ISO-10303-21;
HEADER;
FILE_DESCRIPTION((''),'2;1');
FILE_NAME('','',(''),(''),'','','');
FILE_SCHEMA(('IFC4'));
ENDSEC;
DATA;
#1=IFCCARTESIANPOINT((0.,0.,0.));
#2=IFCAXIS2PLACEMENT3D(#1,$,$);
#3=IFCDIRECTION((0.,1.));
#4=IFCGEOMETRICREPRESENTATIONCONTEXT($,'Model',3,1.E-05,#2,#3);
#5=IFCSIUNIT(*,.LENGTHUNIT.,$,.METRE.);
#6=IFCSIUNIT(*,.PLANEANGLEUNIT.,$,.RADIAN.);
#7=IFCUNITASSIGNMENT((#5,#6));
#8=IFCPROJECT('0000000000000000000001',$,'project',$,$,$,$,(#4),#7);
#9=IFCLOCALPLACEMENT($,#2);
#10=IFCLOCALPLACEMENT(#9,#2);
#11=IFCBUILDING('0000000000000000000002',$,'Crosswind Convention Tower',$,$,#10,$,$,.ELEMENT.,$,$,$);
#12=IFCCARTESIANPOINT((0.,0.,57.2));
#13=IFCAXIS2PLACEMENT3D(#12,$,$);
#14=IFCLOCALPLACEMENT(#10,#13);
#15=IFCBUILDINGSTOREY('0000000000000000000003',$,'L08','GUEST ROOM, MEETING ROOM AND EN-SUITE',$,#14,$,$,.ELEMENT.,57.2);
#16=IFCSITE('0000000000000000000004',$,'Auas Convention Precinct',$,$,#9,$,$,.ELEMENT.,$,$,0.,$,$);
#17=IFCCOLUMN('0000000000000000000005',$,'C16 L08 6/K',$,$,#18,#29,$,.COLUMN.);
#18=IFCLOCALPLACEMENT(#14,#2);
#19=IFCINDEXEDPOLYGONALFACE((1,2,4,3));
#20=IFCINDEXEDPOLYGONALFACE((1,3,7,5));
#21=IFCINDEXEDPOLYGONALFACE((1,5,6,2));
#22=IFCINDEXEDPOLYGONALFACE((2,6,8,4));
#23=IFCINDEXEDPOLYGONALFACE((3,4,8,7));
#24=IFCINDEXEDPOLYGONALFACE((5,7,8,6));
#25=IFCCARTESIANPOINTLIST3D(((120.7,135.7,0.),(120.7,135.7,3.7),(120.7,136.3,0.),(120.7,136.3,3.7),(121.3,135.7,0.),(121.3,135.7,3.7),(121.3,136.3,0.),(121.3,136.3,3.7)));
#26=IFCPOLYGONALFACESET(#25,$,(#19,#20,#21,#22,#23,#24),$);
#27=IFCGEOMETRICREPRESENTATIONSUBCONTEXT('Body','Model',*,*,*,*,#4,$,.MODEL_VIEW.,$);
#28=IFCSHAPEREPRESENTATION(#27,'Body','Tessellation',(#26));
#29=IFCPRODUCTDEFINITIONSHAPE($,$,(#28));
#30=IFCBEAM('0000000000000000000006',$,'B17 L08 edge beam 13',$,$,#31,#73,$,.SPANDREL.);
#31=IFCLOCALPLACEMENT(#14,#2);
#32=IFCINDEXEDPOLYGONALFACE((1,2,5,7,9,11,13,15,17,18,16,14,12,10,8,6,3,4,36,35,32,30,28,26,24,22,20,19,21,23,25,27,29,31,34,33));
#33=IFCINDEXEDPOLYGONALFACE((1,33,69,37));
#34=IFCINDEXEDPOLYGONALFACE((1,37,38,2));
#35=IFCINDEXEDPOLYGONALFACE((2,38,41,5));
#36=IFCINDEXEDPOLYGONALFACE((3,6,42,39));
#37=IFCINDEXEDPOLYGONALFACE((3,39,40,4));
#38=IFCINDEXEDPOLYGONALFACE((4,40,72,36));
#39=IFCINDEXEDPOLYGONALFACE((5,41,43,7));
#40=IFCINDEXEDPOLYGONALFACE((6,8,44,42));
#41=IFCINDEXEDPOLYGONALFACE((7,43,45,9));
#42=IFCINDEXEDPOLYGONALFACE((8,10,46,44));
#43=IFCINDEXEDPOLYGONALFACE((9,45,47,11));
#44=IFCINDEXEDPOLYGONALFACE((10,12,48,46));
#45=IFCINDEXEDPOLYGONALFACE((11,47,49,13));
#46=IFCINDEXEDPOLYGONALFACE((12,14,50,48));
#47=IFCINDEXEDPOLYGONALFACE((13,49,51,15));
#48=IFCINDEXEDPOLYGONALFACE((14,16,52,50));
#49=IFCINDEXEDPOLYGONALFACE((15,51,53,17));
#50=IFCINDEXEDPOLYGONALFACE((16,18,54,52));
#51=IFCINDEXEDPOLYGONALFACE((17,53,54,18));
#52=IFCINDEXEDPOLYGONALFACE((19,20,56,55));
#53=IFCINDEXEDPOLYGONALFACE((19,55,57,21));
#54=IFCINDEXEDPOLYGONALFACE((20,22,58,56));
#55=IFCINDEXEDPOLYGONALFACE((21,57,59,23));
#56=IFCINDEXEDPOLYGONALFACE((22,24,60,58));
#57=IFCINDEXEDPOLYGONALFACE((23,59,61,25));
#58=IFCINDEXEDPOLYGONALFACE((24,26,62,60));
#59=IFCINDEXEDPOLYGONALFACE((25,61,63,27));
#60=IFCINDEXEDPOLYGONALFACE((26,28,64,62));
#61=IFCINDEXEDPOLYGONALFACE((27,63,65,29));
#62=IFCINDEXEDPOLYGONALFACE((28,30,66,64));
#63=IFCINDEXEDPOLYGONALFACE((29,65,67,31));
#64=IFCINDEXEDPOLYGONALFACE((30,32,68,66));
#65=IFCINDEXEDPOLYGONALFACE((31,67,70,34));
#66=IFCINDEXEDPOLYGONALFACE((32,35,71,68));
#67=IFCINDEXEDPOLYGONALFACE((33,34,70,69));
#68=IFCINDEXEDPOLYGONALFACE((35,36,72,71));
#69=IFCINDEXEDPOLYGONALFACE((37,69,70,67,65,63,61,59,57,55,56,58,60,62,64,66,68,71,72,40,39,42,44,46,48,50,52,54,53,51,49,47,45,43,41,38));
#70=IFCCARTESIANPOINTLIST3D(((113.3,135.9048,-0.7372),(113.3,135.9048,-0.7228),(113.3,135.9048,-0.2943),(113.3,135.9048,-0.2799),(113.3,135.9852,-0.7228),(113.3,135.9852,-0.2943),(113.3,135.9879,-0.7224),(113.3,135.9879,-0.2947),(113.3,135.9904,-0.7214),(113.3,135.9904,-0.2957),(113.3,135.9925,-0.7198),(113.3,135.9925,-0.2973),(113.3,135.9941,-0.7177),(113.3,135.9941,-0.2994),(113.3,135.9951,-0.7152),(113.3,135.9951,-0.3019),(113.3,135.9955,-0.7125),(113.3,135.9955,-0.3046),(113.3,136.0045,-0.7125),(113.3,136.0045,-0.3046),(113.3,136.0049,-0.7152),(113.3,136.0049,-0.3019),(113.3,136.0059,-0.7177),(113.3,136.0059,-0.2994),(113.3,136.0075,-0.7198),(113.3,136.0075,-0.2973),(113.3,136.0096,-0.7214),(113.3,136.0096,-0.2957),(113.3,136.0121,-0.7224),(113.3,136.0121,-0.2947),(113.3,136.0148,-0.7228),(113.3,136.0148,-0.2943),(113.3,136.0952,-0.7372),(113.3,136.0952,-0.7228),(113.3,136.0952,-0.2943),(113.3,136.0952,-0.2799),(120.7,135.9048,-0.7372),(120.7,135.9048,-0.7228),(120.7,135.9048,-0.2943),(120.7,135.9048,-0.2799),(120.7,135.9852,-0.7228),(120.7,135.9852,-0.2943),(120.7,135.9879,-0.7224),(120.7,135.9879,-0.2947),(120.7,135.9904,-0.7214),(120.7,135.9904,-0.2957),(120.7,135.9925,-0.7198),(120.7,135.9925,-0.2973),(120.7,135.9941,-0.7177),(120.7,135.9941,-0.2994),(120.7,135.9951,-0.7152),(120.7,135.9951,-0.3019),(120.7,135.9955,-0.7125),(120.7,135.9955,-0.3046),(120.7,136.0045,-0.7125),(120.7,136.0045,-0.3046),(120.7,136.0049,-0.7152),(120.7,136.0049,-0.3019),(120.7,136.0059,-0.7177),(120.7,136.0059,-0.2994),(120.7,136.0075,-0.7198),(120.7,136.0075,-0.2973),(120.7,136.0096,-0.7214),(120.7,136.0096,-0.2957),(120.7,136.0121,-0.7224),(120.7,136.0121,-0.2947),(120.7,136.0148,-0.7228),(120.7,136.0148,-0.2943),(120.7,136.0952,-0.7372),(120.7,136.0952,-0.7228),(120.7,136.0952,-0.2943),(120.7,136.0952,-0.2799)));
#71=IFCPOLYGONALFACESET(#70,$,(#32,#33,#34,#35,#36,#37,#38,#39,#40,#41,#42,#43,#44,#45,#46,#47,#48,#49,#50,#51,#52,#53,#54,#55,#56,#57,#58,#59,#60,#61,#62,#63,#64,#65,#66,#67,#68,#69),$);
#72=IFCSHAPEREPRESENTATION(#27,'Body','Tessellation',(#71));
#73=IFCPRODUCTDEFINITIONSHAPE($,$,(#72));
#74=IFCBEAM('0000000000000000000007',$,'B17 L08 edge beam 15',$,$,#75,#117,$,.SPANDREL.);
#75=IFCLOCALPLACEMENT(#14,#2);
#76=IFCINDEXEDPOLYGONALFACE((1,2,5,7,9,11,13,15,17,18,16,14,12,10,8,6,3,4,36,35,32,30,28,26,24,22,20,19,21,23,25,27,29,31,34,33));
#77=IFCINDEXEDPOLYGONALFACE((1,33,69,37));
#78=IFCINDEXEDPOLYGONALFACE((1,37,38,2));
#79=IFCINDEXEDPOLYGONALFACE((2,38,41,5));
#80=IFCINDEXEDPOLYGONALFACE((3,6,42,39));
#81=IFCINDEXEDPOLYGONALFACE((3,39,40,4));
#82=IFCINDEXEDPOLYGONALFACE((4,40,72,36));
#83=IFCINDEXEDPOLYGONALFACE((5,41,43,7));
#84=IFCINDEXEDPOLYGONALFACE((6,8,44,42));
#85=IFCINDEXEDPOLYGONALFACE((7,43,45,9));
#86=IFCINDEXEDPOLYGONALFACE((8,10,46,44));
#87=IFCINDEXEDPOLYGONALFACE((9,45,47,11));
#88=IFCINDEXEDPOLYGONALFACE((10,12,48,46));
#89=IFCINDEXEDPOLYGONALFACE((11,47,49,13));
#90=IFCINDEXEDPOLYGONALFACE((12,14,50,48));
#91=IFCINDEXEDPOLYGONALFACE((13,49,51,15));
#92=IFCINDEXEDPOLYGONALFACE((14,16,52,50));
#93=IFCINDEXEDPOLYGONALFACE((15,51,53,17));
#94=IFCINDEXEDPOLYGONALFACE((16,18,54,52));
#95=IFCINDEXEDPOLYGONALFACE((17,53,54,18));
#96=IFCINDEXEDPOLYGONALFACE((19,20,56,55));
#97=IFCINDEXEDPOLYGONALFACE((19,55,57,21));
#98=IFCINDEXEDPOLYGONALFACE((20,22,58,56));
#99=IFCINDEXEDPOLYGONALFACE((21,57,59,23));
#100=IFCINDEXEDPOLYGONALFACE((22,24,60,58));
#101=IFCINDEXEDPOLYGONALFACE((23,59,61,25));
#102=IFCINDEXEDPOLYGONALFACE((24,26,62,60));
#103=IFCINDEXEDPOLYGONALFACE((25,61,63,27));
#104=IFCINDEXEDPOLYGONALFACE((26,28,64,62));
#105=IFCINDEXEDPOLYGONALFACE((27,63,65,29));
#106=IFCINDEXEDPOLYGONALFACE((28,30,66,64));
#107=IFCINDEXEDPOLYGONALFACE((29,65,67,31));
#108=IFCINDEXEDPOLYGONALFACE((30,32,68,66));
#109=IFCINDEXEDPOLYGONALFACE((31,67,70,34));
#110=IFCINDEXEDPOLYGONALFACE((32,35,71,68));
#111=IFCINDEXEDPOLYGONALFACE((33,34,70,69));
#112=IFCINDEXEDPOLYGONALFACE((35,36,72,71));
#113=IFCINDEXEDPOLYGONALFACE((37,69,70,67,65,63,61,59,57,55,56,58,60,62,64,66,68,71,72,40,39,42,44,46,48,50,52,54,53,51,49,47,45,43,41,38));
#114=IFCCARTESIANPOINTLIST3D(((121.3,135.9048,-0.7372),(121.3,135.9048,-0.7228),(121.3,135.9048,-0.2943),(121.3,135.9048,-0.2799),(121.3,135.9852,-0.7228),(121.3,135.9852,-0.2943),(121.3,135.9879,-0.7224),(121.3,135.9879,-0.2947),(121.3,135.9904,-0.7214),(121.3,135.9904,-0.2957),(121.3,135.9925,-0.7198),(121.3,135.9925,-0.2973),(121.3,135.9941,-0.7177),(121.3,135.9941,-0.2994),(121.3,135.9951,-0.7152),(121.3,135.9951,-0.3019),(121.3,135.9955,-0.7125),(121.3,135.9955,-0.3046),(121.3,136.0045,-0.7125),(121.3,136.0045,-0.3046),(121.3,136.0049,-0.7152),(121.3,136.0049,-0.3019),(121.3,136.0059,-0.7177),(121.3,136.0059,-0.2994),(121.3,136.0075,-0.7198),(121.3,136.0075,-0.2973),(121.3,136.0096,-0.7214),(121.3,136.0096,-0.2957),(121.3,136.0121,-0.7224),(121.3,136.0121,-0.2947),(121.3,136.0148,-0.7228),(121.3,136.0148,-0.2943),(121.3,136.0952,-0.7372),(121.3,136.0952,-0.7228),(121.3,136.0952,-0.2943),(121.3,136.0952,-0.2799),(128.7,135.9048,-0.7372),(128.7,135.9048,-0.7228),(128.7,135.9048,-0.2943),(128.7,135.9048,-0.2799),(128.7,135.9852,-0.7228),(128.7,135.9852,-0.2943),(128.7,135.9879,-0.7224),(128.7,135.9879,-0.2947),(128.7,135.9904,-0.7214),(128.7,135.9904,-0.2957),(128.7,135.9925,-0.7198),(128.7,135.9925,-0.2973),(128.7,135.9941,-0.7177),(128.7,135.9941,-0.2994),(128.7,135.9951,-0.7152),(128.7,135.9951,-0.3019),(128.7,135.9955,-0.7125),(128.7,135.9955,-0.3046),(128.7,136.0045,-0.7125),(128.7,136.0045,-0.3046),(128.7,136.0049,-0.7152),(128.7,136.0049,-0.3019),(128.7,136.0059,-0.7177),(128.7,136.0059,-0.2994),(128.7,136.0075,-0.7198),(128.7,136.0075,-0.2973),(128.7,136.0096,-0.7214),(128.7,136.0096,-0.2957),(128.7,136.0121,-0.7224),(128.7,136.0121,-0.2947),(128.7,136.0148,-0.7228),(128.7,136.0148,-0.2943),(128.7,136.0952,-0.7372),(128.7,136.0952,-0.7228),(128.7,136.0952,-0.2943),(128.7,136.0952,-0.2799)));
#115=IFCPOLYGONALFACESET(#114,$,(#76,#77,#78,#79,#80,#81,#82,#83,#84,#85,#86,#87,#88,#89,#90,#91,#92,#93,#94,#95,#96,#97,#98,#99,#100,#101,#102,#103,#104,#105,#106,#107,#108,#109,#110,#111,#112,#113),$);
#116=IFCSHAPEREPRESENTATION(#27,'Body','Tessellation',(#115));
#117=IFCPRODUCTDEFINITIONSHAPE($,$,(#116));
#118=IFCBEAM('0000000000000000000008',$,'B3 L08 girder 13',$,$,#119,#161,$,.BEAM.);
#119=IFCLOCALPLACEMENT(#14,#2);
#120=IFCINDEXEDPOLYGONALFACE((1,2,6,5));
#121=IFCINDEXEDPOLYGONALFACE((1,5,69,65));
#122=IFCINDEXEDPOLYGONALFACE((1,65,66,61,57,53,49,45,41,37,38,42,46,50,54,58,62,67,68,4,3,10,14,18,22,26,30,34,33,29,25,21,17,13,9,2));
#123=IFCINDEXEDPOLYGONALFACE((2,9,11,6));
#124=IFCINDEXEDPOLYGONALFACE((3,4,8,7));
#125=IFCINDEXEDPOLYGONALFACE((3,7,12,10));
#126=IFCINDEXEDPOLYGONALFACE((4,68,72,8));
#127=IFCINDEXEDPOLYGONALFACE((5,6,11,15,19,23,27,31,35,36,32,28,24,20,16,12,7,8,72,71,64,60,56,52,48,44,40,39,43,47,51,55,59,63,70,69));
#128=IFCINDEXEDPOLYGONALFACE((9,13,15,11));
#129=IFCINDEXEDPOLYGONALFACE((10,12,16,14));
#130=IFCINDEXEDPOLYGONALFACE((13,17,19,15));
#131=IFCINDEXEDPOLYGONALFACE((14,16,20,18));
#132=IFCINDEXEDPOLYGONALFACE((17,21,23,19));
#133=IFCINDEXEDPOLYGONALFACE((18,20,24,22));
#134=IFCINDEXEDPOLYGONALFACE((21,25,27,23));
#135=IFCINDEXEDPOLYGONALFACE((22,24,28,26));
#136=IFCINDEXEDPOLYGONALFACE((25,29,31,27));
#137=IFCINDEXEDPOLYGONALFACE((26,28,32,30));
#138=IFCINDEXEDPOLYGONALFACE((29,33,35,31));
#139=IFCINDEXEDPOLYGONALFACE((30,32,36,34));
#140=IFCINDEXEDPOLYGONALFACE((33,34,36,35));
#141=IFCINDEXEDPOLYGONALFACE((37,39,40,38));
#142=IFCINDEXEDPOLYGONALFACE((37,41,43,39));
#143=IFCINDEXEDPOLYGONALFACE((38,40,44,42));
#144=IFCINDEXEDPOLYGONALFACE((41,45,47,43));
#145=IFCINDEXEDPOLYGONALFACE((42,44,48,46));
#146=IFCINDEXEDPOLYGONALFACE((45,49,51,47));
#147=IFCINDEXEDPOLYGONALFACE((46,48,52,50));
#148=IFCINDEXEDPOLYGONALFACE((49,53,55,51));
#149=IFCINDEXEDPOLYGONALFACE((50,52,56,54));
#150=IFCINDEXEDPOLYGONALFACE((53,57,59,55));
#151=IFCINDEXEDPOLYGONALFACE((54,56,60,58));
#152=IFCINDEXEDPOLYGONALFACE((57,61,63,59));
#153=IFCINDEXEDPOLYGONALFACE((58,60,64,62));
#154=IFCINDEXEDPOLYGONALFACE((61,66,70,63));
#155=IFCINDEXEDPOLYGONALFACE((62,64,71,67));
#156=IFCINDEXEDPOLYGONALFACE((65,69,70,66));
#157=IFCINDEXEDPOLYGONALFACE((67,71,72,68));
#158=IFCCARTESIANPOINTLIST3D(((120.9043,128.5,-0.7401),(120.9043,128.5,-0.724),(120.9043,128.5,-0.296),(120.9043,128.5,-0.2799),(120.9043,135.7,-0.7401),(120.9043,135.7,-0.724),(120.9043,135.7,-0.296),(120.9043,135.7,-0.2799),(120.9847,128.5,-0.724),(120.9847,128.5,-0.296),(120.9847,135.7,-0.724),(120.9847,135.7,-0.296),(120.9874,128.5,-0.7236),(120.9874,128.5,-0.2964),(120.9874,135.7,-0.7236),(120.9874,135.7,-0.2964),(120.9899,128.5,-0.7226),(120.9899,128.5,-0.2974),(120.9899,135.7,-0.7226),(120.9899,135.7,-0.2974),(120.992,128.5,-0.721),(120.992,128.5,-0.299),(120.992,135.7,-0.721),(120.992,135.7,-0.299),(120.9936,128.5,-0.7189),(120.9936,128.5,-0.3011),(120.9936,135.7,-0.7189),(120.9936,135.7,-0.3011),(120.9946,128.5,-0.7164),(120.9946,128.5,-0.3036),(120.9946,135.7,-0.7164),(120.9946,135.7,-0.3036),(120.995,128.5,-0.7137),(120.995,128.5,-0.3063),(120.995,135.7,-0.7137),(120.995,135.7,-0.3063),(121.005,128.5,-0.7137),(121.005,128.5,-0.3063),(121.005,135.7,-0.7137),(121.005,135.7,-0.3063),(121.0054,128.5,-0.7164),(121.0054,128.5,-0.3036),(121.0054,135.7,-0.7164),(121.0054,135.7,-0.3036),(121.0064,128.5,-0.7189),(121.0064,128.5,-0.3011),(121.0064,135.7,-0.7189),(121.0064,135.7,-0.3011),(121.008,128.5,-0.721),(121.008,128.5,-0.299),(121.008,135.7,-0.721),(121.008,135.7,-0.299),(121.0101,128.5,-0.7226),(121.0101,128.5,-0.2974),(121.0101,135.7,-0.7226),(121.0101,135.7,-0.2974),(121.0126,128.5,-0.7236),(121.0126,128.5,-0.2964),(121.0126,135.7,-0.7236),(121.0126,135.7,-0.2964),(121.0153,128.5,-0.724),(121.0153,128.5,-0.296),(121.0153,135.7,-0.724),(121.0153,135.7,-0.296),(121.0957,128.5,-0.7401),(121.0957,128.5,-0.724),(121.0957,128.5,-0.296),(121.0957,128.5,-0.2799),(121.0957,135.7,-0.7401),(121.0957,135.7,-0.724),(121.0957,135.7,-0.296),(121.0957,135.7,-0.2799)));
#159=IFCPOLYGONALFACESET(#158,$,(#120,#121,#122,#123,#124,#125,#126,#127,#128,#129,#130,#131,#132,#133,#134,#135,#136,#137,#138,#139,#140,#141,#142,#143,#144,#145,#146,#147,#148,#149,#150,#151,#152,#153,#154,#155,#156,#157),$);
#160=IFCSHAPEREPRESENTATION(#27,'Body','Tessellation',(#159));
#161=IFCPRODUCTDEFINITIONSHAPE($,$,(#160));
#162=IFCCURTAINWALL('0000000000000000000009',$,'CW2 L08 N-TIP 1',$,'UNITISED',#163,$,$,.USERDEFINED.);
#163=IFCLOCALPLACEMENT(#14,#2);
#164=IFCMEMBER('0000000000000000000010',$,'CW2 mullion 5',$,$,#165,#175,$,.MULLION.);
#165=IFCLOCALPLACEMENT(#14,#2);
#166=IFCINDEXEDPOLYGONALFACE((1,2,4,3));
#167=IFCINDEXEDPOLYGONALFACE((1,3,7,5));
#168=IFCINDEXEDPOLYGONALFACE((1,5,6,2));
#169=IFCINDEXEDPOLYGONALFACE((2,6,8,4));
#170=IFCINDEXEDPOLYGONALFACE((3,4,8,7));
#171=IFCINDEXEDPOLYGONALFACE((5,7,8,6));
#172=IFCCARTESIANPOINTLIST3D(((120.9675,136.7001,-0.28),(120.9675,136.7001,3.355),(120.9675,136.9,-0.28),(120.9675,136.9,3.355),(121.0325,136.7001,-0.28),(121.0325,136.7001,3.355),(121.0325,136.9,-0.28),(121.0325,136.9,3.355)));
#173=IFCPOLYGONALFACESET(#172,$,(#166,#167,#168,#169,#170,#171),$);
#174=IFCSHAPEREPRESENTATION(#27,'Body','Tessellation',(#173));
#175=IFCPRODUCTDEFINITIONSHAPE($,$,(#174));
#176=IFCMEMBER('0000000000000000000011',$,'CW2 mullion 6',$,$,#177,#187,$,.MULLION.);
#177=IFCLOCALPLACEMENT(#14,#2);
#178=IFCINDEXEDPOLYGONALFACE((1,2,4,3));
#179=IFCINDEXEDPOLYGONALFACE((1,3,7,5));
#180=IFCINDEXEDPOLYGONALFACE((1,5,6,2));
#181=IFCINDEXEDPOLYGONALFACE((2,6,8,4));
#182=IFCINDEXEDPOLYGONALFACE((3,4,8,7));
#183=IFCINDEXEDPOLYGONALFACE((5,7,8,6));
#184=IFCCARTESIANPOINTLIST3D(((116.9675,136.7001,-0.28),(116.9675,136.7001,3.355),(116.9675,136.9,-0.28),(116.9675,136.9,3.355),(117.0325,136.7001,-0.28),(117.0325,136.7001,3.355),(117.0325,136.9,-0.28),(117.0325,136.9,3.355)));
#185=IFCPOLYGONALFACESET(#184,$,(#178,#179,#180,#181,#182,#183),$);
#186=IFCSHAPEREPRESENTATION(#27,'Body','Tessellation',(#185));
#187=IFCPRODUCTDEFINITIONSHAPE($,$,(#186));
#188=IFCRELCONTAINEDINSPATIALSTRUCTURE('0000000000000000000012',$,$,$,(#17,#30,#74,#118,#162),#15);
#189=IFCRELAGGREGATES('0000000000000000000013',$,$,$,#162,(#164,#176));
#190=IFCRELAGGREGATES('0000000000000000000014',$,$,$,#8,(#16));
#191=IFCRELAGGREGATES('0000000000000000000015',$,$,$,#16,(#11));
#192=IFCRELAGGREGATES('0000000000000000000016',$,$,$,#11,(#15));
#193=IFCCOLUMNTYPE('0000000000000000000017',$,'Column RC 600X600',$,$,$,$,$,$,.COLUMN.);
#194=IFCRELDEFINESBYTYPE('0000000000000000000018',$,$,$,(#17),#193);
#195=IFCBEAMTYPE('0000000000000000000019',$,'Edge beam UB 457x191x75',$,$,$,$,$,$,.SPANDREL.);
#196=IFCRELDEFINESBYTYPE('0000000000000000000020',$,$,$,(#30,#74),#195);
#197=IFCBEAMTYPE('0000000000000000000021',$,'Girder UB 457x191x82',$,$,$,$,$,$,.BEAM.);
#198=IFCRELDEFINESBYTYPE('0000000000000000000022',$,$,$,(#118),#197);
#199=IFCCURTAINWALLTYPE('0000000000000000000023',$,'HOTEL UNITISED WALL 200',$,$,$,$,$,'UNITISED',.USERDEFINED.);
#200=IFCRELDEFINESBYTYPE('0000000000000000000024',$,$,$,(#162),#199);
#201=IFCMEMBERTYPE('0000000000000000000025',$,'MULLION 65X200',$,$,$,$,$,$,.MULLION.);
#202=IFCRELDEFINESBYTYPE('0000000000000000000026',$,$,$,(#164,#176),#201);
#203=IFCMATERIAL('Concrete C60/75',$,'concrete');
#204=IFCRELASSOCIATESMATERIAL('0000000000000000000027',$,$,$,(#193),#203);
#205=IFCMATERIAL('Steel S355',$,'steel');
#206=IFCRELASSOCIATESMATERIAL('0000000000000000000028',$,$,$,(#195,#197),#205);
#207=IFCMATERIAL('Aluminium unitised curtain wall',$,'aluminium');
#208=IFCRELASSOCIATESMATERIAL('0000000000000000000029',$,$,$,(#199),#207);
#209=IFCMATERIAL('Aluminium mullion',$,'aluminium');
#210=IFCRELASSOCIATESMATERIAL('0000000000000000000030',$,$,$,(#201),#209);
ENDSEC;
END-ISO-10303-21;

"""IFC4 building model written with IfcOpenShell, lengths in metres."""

from ifc_helpers import new_model, si_unit, direction, frame, origin, origin_2d, place, context, subcontext, project, spatial, rectangle, i_section, extrude, material, material_profile, profile_set, type_object, element, aggregate, save


model = new_model("IFC4")

# Units and contexts
model_context = context("Model", 3, precision=1e-05, world=origin(), true_north=direction((0.0, 1.0)))
body_context = subcontext(model_context, "Body", "Model", "MODEL_VIEW")
ifc_project = project(units=[si_unit("LENGTHUNIT", "METRE"), si_unit("PLANEANGLEUNIT", "RADIAN")], contexts=[model_context])

# Site, building, storey
site_placement = place(None, origin())
site = spatial("IfcSite", under=ifc_project, at=site_placement, Name="Auas Convention Precinct", CompositionType="ELEMENT", RefElevation=0.0)
building_placement = place(site_placement, origin())
building = spatial("IfcBuilding", under=site, at=building_placement, Name="Crosswind Convention Tower", CompositionType="ELEMENT")
storey_placement = place(building_placement, frame((0.0, 0.0, 57.2)))
storey = spatial("IfcBuildingStorey", under=building, at=storey_placement, Name="L08", Description="GUEST ROOM, MEETING ROOM AND EN-SUITE", CompositionType="ELEMENT", Elevation=57.2)

# Column
ifc_material_1 = material(Name="Concrete C60/75", Category="concrete")
ifc_material_profile_1 = material_profile(ifc_material_1, rectangle(XDim=0.6001, YDim=0.6001, at=origin_2d()), Name="RC 600X600")
ifc_profile_set_1 = profile_set([ifc_material_profile_1], Name="Concrete C60/75")
column_type = type_object("IfcColumnType", Name="Column RC 600X600", PredefinedType="COLUMN", material=ifc_profile_set_1)
column_placement = place(storey_placement, frame((121.0, 136.0, 0.0), z_axis=(0.0, 0.0, 1.0), x_axis=(1.0, 0.0, 0.0)))
element("IfcColumn", 1, at=column_placement, inside=storey, type_object=column_type, Name="C16 L08 6/K", PredefinedType="COLUMN", context=body_context, shape_type="SweptSolid", body=[
    extrude(rectangle(XDim=0.6001, YDim=0.6001, at=origin_2d()), origin(), (0.0, 0.0, 1.0), 3.7),
])

# Beams
ifc_material_2 = material(Name="Steel S355", Category="steel")
ifc_material_profile_2 = material_profile(ifc_material_2, i_section(OverallWidth=0.1904, OverallDepth=0.4573, WebThickness=0.009, FlangeThickness=0.0144, FilletRadius=0.0103, at=origin_2d()), Name="UB 457x191x75")
ifc_profile_set_2 = profile_set([ifc_material_profile_2], Name="Steel S355")
beam_type_1 = type_object("IfcBeamType", Name="Edge beam UB 457x191x75", PredefinedType="SPANDREL", material=ifc_profile_set_2)
for number, where, z_axis, x_axis, name in (
    (2, (113.3, 136.0, -0.5085), (1.0, 0.0, 0.0), (0.0, 1.0, 0.0), "B17 L08 edge beam 13"),
    (3, (121.3, 136.0, -0.5085), (1.0, 0.0, 0.0), (0.0, 1.0, 0.0), "B17 L08 edge beam 15"),
):
    element("IfcBeam", number, at=place(storey_placement, frame(where, z_axis=z_axis, x_axis=x_axis)), inside=storey, type_object=beam_type_1, Name=name, PredefinedType="SPANDREL", context=body_context, shape_type="SweptSolid", body=[
        extrude(i_section(OverallWidth=0.1904, OverallDepth=0.4573, WebThickness=0.009, FlangeThickness=0.0144, FilletRadius=0.0103, at=origin_2d()), origin(), (0.0, 0.0, 1.0), 7.3999),
    ])
ifc_material_profile_3 = material_profile(ifc_material_2, i_section(OverallWidth=0.1914, OverallDepth=0.4602, WebThickness=0.01, FlangeThickness=0.0161, FilletRadius=0.0103, at=origin_2d()), Name="UB 457x191x82")
ifc_profile_set_3 = profile_set([ifc_material_profile_3], Name="Steel S355")
beam_type_2 = type_object("IfcBeamType", Name="Girder UB 457x191x82", PredefinedType="BEAM", material=ifc_profile_set_3)
beam_1_placement = place(storey_placement, frame((121.0, 128.5, -0.51), z_axis=(0.0, 1.0, 0.0), x_axis=(-1.0, 0.0, 0.0)))
element("IfcBeam", 4, at=beam_1_placement, inside=storey, type_object=beam_type_2, Name="B3 L08 girder 13", PredefinedType="BEAM", context=body_context, shape_type="SweptSolid", body=[
    extrude(i_section(OverallWidth=0.1914, OverallDepth=0.4602, WebThickness=0.01, FlangeThickness=0.0161, FilletRadius=0.0103, at=origin_2d()), origin(), (0.0, 0.0, 1.0), 7.2),
])

# Curtain wall, members
ifc_material_3 = material(Name="Aluminium unitised curtain wall", Category="aluminium")
curtain_wall_type = type_object("IfcCurtainWallType", Name="HOTEL UNITISED WALL 200", ElementType="UNITISED", PredefinedType="USERDEFINED", material=ifc_material_3)
curtain_wall_placement = place(storey_placement, origin())
curtain_wall = element("IfcCurtainWall", 5, at=curtain_wall_placement, inside=storey, type_object=curtain_wall_type, Name="CW2 L08 N-TIP 1", ObjectType="UNITISED", PredefinedType="USERDEFINED")
ifc_material_4 = material(Name="Aluminium mullion", Category="aluminium")
ifc_material_profile_4 = material_profile(ifc_material_4, rectangle(XDim=0.2, YDim=0.0649, at=origin_2d()), Name="AL 200X65")
ifc_profile_set_4 = profile_set([ifc_material_profile_4], Name="Aluminium mullion")
member_type = type_object("IfcMemberType", Name="MULLION 65X200", PredefinedType="MULLION", material=ifc_profile_set_4)
member_1_placement = place(storey_placement, frame((121.0, 136.8, -0.28), z_axis=(0.0, 0.0, 1.0), x_axis=(0.0, 1.0, 0.0)))
member_1 = element("IfcMember", 6, at=member_1_placement, type_object=member_type, Name="CW2 mullion 5", PredefinedType="MULLION", context=body_context, shape_type="SweptSolid", body=[
    extrude(rectangle(XDim=0.2, YDim=0.0649, at=origin_2d()), origin(), (0.0, 0.0, 1.0), 3.635),
])
member_2_placement = place(storey_placement, frame((117.0, 136.8, -0.28), z_axis=(0.0, 0.0, 1.0), x_axis=(0.0, 1.0, 0.0)))
member_2 = element("IfcMember", 7, at=member_2_placement, type_object=member_type, Name="CW2 mullion 6", PredefinedType="MULLION", context=body_context, shape_type="SweptSolid", body=[
    extrude(rectangle(XDim=0.2, YDim=0.0649, at=origin_2d()), origin(), (0.0, 0.0, 1.0), 3.635),
])

aggregate(curtain_wall, [member_1, member_2])

save(model, "model.ifc")
